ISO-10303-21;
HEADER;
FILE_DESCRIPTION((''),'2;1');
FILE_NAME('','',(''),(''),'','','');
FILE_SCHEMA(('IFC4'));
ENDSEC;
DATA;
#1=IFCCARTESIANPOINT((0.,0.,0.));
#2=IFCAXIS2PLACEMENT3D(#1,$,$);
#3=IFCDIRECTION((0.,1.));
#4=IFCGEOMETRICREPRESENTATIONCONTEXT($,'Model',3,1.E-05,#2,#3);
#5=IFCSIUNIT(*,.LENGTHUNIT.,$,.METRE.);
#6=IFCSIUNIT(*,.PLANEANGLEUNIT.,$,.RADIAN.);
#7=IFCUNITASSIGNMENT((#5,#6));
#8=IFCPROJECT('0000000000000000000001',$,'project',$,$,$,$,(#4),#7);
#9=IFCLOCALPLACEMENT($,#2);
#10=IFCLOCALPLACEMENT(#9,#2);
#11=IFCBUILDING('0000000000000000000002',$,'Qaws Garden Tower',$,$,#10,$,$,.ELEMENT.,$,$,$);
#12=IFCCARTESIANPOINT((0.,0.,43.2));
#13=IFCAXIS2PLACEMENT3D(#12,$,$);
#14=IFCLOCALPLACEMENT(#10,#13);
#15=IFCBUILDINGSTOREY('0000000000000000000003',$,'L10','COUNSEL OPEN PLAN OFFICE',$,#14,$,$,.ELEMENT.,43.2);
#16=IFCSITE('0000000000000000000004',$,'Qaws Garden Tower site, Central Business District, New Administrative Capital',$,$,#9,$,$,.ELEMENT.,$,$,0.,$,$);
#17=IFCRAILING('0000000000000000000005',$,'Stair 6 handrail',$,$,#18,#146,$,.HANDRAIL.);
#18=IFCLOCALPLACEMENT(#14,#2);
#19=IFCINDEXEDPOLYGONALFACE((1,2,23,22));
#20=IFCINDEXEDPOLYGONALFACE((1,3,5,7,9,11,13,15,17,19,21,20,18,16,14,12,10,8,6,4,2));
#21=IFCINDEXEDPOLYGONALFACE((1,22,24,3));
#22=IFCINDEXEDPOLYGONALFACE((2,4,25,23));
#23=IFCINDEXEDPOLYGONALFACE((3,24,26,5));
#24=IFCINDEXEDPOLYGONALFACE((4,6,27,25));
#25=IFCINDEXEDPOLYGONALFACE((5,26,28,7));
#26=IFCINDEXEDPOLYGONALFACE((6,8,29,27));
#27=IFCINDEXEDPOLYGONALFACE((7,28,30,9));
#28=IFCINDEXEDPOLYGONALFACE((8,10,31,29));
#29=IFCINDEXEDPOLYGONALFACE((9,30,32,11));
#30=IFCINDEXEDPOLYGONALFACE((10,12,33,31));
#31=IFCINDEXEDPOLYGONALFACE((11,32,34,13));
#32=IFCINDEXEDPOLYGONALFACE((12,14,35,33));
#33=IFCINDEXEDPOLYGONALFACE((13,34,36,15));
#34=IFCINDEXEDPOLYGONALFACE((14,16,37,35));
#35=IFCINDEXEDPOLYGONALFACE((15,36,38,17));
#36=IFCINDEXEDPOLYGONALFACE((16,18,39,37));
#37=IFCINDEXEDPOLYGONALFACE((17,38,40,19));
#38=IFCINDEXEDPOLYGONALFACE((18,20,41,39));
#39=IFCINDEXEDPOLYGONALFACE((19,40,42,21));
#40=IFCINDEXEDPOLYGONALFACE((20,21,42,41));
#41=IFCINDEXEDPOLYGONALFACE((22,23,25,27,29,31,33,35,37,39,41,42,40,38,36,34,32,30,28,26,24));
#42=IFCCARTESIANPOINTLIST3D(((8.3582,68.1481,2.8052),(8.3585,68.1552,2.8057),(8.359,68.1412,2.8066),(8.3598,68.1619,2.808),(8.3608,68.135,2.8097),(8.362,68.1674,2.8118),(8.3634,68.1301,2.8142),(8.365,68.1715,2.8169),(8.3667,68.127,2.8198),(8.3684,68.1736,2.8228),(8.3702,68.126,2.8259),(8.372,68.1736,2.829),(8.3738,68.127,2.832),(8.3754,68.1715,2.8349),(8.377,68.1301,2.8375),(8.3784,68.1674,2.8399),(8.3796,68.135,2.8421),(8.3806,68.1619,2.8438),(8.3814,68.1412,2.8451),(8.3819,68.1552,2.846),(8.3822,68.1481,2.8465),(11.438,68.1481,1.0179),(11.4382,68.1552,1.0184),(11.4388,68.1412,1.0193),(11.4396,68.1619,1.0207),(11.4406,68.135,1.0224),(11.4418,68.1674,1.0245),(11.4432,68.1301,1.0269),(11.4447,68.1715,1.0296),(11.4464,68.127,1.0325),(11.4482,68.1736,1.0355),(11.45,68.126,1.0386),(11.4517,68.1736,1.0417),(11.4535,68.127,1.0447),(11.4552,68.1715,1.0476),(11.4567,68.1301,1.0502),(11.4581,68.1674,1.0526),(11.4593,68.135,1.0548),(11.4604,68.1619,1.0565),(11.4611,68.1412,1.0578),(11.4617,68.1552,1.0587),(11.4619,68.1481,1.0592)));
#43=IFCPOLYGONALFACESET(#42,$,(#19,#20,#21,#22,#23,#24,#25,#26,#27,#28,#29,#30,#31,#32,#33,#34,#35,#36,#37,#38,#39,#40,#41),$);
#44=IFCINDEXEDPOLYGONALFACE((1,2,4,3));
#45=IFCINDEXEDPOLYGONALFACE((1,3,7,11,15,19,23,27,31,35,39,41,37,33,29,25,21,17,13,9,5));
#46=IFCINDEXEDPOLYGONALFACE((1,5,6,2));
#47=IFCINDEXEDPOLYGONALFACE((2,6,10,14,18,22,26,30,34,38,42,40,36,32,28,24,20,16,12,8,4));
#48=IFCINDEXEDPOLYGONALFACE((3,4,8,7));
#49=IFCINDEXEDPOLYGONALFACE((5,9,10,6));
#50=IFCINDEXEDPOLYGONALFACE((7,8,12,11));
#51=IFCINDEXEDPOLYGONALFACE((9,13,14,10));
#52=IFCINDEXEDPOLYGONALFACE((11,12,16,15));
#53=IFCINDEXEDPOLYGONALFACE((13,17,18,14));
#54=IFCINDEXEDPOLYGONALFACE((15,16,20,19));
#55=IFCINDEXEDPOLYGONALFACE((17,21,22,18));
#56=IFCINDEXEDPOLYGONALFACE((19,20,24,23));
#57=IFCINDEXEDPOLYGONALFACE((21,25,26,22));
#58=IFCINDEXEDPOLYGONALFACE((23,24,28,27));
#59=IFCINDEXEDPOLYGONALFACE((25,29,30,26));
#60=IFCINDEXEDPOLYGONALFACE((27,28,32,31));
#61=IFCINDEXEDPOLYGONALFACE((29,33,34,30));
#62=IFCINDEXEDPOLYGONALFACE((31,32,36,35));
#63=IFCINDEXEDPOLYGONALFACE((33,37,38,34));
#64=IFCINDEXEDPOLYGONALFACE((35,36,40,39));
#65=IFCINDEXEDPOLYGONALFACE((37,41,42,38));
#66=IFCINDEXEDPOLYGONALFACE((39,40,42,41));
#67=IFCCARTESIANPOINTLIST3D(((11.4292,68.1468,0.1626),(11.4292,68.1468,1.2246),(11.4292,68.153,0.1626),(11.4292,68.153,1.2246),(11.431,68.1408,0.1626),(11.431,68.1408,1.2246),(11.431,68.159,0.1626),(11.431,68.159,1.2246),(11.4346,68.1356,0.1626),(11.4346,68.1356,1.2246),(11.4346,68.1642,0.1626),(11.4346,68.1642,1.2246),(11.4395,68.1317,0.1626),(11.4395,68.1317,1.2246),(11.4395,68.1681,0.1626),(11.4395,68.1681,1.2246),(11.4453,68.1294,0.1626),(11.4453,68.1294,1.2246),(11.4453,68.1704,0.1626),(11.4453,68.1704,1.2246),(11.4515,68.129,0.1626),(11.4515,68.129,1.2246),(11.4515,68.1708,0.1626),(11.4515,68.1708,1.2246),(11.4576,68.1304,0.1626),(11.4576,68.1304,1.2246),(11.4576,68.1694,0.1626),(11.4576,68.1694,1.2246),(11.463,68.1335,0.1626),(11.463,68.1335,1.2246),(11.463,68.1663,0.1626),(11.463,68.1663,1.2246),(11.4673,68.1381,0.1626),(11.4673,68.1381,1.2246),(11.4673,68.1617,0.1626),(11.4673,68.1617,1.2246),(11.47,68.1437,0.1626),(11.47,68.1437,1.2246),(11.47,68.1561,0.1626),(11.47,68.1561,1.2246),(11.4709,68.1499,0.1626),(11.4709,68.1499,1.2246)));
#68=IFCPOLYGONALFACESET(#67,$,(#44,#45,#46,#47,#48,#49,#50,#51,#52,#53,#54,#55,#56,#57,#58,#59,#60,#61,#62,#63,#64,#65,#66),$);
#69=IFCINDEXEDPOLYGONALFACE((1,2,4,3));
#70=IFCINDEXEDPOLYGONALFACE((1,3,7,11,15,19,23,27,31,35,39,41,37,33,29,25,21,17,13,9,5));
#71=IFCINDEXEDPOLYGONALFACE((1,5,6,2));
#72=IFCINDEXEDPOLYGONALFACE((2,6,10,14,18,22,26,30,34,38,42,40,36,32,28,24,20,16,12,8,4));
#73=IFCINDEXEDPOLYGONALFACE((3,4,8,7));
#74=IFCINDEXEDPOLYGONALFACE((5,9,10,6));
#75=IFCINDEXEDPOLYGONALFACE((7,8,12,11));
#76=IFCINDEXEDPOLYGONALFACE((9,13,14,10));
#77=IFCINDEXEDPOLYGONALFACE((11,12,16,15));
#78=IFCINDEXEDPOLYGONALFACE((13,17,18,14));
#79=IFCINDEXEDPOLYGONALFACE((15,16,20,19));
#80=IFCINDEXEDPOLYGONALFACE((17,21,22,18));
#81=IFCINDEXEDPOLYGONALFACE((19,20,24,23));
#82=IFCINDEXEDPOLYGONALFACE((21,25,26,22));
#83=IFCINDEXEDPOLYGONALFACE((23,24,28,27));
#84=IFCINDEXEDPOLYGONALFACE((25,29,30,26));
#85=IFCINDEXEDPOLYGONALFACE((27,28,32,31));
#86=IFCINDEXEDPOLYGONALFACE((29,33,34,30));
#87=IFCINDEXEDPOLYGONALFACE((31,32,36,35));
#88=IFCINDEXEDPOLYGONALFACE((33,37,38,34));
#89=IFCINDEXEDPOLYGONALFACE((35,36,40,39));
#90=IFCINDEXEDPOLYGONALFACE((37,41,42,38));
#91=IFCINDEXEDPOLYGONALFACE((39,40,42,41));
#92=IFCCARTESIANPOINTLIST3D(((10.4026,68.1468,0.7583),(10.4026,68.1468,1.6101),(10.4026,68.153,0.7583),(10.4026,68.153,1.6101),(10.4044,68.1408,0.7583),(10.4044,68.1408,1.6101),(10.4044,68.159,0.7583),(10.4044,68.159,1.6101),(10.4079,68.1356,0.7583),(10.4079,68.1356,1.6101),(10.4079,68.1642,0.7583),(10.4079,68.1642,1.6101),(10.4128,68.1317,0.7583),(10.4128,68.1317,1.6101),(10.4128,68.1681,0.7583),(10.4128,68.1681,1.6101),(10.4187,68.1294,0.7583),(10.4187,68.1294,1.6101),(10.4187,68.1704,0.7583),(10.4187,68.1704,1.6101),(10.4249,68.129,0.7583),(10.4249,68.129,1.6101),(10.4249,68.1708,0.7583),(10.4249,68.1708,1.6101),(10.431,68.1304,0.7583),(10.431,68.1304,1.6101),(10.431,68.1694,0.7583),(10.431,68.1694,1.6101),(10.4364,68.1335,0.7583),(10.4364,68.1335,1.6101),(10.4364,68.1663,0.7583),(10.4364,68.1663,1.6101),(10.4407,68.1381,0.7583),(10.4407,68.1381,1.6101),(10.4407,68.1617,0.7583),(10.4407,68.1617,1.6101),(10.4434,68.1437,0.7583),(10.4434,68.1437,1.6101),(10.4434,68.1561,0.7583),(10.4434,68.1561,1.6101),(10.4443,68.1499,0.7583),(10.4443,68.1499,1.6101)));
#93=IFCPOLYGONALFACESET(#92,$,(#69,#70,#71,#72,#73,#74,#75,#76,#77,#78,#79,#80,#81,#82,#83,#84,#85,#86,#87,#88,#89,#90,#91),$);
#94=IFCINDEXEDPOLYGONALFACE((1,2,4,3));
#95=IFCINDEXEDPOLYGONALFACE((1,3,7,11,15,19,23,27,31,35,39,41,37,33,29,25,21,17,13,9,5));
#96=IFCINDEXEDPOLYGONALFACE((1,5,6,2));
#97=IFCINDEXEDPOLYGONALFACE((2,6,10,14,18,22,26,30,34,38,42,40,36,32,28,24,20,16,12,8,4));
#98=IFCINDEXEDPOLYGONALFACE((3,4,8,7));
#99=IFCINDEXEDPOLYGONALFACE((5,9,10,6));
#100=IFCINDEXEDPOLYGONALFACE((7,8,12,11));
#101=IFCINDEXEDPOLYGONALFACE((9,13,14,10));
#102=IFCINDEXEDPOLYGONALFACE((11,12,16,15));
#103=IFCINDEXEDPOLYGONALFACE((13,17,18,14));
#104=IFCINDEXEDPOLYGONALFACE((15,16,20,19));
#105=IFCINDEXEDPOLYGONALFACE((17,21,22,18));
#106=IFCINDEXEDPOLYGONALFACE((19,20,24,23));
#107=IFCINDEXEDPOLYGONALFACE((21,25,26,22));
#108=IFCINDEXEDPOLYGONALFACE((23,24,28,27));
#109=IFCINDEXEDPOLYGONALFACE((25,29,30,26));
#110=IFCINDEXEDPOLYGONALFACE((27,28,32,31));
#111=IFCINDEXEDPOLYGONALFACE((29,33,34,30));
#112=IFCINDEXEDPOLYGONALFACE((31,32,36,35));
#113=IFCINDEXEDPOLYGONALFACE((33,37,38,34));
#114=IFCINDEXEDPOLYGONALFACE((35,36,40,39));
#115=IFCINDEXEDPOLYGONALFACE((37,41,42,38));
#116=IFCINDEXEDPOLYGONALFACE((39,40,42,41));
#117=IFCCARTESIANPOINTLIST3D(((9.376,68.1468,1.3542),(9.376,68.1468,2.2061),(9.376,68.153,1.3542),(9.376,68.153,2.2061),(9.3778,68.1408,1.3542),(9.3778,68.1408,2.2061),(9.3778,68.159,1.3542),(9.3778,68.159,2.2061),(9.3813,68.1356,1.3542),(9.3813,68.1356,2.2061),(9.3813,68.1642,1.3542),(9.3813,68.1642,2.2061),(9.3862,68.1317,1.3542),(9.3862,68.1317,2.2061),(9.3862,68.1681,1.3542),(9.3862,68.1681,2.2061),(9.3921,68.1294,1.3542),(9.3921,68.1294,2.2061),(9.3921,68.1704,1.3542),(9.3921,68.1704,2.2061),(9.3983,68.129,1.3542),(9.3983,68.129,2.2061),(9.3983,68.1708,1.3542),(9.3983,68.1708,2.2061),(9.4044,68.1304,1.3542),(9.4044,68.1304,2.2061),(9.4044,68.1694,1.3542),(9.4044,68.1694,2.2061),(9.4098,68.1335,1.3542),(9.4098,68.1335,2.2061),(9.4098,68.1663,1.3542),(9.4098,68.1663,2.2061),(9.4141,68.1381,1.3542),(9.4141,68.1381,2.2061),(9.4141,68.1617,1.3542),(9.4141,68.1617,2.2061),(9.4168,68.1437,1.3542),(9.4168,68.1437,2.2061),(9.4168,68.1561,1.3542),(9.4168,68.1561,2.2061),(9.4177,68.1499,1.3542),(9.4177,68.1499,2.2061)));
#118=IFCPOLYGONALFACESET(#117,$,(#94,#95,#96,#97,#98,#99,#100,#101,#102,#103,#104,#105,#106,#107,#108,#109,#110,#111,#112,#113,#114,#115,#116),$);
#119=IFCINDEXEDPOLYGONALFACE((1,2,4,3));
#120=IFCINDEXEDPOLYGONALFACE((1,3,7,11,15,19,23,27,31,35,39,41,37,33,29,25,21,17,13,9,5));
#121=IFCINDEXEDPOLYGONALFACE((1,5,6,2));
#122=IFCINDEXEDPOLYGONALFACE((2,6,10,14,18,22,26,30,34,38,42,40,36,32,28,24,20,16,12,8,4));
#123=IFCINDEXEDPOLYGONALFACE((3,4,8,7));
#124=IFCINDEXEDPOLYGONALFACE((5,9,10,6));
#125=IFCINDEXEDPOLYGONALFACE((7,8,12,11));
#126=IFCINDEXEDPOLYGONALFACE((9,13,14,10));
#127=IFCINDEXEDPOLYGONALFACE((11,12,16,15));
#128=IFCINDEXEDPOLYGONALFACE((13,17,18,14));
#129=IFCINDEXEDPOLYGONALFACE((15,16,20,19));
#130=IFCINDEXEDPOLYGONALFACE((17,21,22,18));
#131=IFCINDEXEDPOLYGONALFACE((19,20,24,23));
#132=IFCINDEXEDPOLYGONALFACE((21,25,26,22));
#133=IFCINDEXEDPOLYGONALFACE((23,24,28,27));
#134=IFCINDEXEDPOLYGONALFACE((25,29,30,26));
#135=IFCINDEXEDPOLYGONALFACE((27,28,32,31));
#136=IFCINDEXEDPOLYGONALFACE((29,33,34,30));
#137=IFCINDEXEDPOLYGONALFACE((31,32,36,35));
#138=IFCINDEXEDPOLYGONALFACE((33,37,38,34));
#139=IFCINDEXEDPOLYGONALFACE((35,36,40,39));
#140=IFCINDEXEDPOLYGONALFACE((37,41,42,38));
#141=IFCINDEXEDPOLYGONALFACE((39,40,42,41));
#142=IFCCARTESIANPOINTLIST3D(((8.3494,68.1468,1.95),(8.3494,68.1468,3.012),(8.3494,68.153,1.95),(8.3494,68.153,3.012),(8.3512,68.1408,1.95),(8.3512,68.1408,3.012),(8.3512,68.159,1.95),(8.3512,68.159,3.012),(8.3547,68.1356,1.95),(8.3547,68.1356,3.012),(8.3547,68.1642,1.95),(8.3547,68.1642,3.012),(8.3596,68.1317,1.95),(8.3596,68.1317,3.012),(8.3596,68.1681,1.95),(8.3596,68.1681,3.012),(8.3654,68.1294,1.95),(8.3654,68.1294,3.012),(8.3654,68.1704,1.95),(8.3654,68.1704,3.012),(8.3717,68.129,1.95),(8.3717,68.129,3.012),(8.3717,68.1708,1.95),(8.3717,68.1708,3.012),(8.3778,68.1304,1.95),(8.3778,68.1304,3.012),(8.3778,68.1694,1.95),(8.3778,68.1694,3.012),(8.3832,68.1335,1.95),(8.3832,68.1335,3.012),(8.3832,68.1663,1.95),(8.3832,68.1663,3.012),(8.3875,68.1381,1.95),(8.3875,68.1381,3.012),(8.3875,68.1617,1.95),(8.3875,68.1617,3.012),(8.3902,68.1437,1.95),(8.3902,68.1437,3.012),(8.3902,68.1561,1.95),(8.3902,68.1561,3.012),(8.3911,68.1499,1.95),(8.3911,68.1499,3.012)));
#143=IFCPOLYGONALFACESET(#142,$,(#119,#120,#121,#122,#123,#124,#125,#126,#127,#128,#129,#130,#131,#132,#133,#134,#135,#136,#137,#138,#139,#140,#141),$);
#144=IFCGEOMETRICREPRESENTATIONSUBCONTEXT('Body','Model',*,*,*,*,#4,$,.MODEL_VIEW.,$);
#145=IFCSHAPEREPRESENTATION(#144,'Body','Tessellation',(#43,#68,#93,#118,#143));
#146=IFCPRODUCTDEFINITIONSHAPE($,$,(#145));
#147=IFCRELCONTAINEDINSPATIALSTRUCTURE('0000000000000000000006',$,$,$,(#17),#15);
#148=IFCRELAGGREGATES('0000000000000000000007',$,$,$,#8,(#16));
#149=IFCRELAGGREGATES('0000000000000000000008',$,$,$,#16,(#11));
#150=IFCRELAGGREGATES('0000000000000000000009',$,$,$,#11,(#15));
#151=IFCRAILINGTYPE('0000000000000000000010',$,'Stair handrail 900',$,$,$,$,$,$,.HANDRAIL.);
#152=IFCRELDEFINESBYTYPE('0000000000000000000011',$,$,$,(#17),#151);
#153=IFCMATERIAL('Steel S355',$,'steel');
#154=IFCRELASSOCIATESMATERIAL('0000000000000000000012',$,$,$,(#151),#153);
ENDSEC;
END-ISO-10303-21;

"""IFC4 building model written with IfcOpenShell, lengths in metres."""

from ifc_helpers import new_model, si_unit, direction, frame, origin, origin_2d, place, context, subcontext, project, spatial, circle, extrude, material, type_object, element, save


model = new_model("IFC4")

# Units and contexts
model_context = context("Model", 3, precision=1e-05, world=origin(), true_north=direction((0.0, 1.0)))
body_context = subcontext(model_context, "Body", "Model", "MODEL_VIEW")
ifc_project = project(units=[si_unit("LENGTHUNIT", "METRE"), si_unit("PLANEANGLEUNIT", "RADIAN")], contexts=[model_context])

# Site, building, storey
site_placement = place(None, origin())
site = spatial("IfcSite", under=ifc_project, at=site_placement, Name="Qaws Garden Tower site, Central Business District, New Administrative Capital", CompositionType="ELEMENT", RefElevation=0.0)
building_placement = place(site_placement, origin())
building = spatial("IfcBuilding", under=site, at=building_placement, Name="Qaws Garden Tower", CompositionType="ELEMENT")
storey_placement = place(building_placement, frame((0.0, 0.0, 43.2)))
storey = spatial("IfcBuildingStorey", under=building, at=storey_placement, Name="L10", Description="COUNSEL OPEN PLAN OFFICE", CompositionType="ELEMENT", Elevation=43.2)

# Railing
ifc_material_1 = material(Name="Steel S355", Category="steel")
railing_type = type_object("IfcRailingType", Name="Stair handrail 900", PredefinedType="HANDRAIL", material=ifc_material_1)
railing_1_placement = place(storey_placement, frame((11.45, 68.1499, 0.1626)))
element("IfcRailing", 1, at=railing_1_placement, inside=storey, type_object=railing_type, Name="Stair 6 handrail", PredefinedType="HANDRAIL", context=body_context, shape_type="SweptSolid", body=[
    extrude(circle(Radius=0.0239, at=origin_2d()), frame((0.0, 0.0, 0.876), z_axis=(-0.864903, 0.0, 0.501939), x_axis=(0.0, -1.0, 0.0)), (0.0, 0.0, 1.0), 3.5608),
    extrude(circle(Radius=0.021, at=origin_2d()), origin(), (0.0, 0.0, 1.0), 1.062),
    extrude(circle(Radius=0.021, at=origin_2d()), frame((-1.0266, 0.0, 0.5957)), (0.0, 0.0, 1.0), 0.8518),
    extrude(circle(Radius=0.021, at=origin_2d()), frame((-2.0532, 0.0, 1.1917)), (0.0, 0.0, 1.0), 0.8518),
    extrude(circle(Radius=0.021, at=origin_2d()), frame((-3.0798, 0.0, 1.7874)), (0.0, 0.0, 1.0), 1.062),
])

save(model, "model.ifc")
